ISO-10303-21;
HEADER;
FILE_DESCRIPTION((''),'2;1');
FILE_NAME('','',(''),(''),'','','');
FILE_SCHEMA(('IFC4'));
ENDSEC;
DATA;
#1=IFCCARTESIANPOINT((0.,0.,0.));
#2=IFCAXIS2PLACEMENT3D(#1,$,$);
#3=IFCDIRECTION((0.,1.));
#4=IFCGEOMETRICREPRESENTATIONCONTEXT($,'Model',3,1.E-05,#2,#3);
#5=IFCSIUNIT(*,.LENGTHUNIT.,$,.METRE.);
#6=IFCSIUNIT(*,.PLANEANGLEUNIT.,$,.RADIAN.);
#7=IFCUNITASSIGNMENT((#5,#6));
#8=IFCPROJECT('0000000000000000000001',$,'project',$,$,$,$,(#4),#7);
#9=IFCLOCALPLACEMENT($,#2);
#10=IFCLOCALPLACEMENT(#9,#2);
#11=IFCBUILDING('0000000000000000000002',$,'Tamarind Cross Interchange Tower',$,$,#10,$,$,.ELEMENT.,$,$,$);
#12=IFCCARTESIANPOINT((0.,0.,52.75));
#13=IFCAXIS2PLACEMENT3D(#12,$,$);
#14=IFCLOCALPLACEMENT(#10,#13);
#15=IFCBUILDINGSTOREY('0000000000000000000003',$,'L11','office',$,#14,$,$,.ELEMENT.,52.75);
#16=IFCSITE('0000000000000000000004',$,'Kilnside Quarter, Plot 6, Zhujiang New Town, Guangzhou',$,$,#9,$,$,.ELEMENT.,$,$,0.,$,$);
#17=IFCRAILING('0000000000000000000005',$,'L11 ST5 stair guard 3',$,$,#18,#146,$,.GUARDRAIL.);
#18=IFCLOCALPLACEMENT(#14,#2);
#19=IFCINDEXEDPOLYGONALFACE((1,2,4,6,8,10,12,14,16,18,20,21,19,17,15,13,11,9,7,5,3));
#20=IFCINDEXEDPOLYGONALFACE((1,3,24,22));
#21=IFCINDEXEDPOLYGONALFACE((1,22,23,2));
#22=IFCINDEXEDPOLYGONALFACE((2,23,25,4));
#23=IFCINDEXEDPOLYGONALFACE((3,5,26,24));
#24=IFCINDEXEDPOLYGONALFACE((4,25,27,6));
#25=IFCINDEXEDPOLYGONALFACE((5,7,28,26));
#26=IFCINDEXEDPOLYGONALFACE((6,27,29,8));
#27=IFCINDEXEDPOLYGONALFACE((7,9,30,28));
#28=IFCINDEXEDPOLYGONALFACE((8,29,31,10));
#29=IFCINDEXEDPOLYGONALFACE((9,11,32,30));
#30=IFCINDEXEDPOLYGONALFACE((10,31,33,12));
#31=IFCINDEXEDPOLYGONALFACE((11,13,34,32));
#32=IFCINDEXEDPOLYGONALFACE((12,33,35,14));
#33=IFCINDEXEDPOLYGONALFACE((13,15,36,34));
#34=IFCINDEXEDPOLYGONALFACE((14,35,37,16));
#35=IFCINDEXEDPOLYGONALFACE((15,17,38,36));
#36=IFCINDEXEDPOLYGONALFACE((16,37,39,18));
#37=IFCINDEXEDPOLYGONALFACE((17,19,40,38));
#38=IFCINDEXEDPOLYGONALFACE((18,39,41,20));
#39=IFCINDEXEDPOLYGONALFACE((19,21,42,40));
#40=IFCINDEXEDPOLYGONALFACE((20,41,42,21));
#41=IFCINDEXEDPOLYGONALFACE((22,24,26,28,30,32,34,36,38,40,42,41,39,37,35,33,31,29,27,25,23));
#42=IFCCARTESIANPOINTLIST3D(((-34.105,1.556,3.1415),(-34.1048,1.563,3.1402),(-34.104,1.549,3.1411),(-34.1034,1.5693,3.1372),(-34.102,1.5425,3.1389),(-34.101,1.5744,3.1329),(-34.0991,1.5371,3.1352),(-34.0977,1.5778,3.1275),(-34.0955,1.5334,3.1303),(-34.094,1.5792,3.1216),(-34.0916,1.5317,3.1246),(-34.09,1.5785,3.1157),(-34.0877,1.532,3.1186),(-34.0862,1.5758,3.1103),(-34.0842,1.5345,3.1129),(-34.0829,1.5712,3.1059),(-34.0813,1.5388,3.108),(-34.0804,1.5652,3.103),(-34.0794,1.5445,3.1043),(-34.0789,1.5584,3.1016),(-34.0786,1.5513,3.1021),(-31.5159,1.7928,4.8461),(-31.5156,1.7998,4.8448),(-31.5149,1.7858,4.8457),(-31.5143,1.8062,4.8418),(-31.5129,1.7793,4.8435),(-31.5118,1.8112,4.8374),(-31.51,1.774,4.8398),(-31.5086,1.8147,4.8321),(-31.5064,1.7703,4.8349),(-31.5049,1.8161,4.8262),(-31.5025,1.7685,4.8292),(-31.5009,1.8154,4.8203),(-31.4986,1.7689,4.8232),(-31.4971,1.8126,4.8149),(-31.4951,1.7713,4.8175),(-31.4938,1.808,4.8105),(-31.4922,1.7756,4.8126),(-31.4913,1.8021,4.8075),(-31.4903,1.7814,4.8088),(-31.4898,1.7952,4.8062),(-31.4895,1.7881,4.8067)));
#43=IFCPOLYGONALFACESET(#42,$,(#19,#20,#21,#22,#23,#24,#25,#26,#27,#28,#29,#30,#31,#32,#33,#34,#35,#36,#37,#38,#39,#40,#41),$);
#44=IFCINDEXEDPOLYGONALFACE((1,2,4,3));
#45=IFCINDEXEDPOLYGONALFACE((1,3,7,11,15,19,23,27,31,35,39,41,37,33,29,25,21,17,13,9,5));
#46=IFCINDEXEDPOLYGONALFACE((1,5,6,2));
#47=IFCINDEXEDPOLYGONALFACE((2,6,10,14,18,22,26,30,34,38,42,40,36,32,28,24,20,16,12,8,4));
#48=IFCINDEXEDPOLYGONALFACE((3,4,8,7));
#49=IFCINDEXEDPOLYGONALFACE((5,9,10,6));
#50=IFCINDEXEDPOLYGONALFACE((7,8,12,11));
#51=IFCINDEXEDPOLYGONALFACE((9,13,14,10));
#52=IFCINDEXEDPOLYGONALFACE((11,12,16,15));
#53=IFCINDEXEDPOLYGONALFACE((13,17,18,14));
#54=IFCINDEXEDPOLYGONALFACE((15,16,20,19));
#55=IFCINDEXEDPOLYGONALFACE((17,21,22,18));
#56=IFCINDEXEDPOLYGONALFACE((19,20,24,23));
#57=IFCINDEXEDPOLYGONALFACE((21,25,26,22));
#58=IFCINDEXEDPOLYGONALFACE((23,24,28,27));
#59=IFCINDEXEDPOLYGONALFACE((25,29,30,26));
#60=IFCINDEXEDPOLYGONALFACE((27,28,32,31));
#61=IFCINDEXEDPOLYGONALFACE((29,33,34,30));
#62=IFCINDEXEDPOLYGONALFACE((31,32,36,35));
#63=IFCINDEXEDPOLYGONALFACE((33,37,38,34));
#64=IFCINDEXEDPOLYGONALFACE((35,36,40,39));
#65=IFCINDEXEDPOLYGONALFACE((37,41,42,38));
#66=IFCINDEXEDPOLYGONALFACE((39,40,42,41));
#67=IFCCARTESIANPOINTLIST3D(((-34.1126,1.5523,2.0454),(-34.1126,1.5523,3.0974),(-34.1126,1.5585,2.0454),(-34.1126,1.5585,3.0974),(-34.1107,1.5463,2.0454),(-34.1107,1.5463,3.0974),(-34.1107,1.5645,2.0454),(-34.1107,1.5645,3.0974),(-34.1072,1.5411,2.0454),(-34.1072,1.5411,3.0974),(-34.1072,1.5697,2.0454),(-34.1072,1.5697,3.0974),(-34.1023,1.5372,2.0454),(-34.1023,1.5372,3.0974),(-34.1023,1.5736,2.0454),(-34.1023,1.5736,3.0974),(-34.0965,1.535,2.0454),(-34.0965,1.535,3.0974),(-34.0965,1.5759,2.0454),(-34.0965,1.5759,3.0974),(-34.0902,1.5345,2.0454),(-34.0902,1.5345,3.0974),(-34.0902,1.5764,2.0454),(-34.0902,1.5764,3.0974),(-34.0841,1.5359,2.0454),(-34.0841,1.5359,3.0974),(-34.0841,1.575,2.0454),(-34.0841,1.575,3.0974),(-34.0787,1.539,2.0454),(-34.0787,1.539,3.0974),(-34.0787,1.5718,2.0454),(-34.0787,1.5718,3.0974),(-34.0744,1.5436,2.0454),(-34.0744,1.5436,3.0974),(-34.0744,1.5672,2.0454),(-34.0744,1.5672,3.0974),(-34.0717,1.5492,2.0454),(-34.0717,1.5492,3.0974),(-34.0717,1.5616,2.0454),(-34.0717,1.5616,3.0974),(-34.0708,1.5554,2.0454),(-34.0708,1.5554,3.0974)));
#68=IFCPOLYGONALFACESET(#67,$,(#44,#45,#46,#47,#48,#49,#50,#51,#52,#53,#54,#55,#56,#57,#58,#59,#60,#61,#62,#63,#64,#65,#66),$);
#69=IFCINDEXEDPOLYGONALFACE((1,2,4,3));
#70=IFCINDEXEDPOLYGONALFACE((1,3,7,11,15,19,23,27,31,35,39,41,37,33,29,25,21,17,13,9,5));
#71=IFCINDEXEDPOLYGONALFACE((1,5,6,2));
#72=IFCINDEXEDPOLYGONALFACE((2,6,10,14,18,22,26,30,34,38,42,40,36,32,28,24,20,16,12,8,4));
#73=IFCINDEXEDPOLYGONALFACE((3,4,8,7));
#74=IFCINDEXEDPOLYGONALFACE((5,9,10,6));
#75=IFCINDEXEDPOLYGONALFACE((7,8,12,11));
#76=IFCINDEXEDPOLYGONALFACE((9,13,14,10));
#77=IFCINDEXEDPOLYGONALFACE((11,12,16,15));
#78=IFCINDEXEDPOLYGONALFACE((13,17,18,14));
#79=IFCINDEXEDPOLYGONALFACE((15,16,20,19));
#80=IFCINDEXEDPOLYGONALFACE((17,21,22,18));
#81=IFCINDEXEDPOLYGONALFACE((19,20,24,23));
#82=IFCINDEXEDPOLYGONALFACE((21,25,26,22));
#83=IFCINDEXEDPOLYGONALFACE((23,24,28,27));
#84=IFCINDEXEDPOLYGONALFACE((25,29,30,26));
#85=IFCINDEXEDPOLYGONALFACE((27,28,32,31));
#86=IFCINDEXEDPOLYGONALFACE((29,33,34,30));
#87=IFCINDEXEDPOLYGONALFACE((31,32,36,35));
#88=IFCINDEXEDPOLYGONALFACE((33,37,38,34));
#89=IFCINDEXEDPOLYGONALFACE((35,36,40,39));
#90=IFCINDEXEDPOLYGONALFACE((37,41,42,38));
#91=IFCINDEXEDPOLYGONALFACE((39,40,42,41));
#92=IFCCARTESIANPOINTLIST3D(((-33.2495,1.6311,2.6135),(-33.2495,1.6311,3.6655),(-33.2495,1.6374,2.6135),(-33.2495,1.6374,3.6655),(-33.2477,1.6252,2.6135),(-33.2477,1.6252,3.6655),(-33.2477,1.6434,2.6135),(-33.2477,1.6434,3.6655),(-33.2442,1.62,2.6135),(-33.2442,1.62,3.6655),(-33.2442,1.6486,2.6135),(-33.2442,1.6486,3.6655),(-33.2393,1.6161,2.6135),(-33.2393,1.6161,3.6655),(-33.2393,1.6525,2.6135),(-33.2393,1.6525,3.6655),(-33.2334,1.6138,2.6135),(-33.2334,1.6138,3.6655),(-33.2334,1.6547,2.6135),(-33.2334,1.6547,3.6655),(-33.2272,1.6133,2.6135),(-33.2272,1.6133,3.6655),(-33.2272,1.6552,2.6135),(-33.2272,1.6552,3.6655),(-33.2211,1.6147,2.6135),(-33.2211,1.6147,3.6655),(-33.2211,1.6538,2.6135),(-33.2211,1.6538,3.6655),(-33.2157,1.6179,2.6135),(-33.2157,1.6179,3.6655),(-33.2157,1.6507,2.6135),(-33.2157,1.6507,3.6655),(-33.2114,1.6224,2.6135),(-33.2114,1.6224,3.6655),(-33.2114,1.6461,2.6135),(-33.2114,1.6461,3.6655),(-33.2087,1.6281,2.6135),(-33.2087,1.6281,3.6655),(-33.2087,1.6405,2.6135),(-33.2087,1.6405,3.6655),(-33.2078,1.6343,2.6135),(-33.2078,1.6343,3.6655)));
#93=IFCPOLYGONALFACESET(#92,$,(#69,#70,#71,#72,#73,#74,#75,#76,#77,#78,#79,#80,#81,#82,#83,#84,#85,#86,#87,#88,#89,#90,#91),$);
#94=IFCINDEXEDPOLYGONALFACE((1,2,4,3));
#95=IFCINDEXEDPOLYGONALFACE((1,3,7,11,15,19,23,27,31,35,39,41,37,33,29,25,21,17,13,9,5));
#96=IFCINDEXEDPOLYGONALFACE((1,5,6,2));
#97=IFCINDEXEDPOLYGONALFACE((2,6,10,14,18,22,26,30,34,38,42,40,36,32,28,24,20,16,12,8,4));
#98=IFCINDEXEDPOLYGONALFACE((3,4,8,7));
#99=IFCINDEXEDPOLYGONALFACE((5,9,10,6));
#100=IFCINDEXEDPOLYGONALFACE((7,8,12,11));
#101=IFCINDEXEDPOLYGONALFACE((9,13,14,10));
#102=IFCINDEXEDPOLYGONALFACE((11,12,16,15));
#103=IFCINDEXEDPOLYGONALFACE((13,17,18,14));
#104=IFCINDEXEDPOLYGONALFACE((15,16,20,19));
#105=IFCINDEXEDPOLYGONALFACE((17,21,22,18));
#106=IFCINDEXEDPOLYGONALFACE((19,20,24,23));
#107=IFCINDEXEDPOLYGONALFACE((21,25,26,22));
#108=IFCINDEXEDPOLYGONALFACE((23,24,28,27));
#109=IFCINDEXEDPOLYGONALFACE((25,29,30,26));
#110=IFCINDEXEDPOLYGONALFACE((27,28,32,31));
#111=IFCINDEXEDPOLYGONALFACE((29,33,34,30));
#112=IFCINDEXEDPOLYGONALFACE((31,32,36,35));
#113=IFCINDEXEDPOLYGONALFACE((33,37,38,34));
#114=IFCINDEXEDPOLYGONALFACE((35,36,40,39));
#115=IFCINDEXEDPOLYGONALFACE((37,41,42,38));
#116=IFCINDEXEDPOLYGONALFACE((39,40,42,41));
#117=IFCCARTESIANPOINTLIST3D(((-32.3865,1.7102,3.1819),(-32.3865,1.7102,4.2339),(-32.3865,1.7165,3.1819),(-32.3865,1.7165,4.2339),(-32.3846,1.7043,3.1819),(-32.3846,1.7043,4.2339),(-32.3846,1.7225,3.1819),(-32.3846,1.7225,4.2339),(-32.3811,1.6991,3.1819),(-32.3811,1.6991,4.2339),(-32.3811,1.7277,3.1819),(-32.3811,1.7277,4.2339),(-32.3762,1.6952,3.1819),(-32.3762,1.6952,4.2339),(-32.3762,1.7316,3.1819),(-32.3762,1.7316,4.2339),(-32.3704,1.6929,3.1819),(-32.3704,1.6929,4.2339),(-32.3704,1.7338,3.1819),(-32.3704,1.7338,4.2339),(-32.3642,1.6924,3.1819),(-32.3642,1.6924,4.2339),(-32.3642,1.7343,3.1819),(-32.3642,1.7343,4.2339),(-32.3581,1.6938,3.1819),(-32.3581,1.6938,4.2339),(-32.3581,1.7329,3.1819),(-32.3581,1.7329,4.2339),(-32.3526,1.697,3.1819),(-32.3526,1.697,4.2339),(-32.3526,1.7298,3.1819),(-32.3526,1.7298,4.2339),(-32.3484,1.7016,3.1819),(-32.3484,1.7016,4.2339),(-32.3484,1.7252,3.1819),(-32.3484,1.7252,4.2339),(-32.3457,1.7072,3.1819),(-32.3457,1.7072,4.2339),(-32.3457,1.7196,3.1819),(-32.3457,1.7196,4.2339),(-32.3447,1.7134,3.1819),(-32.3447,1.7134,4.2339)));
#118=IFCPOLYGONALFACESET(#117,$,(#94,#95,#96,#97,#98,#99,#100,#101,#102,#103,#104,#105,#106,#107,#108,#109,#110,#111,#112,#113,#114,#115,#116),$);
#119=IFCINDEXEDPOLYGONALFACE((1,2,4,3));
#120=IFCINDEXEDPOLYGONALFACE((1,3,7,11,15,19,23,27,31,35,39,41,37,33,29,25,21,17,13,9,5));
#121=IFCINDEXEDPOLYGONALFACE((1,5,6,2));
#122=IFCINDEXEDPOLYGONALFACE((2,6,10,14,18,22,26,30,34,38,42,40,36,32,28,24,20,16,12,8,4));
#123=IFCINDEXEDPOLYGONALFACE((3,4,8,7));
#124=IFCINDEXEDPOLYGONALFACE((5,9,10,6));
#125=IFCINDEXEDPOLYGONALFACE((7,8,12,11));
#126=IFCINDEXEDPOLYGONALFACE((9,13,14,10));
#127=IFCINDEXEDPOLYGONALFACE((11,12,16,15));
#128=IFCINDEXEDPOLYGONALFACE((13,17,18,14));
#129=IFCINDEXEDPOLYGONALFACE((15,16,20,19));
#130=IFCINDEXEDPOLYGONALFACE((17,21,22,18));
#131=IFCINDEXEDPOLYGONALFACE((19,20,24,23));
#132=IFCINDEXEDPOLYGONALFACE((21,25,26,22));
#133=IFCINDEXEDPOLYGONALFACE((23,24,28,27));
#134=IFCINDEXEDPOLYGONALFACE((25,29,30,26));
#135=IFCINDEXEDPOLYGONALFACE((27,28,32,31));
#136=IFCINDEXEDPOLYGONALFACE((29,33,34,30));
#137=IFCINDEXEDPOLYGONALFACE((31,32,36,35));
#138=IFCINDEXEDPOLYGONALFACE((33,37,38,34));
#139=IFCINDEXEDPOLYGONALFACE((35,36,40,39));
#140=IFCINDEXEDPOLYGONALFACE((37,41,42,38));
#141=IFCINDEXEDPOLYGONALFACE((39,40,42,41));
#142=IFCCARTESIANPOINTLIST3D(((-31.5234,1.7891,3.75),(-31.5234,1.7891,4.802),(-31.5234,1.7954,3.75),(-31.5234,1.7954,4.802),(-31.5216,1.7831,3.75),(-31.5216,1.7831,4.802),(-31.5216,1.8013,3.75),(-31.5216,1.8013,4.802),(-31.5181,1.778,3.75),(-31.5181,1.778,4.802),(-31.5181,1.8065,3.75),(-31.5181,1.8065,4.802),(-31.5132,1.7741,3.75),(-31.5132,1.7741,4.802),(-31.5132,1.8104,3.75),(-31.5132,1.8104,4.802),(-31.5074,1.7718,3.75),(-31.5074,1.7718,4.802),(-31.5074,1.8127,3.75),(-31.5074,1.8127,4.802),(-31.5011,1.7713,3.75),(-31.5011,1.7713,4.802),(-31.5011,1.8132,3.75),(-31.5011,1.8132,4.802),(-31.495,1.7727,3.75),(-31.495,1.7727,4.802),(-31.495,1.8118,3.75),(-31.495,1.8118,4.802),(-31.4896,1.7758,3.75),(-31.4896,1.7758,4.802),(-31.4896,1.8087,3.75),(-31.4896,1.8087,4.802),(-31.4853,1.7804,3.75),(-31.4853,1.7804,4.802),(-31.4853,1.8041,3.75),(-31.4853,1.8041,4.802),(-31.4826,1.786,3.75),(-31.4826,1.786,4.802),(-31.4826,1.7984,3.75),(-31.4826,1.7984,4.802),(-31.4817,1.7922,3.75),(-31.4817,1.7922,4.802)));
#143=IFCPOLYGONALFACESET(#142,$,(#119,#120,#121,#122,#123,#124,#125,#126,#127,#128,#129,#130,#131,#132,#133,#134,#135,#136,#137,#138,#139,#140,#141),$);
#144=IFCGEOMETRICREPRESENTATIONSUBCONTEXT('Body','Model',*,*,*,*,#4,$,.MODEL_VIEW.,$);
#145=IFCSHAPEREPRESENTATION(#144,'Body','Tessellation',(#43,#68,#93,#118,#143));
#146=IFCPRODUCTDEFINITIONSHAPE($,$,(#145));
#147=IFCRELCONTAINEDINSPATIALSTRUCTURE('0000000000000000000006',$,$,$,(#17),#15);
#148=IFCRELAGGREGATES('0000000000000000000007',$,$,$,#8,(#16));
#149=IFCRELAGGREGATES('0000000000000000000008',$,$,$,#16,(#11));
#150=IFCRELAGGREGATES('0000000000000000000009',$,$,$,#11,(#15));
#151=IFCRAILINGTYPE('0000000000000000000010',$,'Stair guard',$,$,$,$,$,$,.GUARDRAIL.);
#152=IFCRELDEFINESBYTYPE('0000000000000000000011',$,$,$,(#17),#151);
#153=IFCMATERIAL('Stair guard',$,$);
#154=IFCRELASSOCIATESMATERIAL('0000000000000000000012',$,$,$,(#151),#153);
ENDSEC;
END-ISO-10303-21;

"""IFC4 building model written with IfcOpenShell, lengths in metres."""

from ifc_helpers import new_model, si_unit, direction, frame, origin, origin_2d, place, context, subcontext, project, spatial, circle, extrude, material, type_object, element, save


model = new_model("IFC4")

# Units and contexts
model_context = context("Model", 3, precision=1e-05, world=origin(), true_north=direction((0.0, 1.0)))
body_context = subcontext(model_context, "Body", "Model", "MODEL_VIEW")
ifc_project = project(units=[si_unit("LENGTHUNIT", "METRE"), si_unit("PLANEANGLEUNIT", "RADIAN")], contexts=[model_context])

# Site, building, storey
site_placement = place(None, origin())
site = spatial("IfcSite", under=ifc_project, at=site_placement, Name="Kilnside Quarter, Plot 6, Zhujiang New Town, Guangzhou", CompositionType="ELEMENT", RefElevation=0.0)
building_placement = place(site_placement, origin())
building = spatial("IfcBuilding", under=site, at=building_placement, Name="Tamarind Cross Interchange Tower", CompositionType="ELEMENT")
storey_placement = place(building_placement, frame((0.0, 0.0, 52.75)))
storey = spatial("IfcBuildingStorey", under=building, at=storey_placement, Name="L11", Description="office", CompositionType="ELEMENT", Elevation=52.75)

# Railing
ifc_material_1 = material(Name="Stair guard")
railing_type_1 = type_object("IfcRailingType", Name="Stair guard", PredefinedType="GUARDRAIL", material=ifc_material_1)
railing_1_placement = place(storey_placement, frame((-34.0918, 1.5554, 2.0454)))
element("IfcRailing", 1, at=railing_1_placement, inside=storey, type_object=railing_type_1, Name="L11 ST5 stair guard 3", PredefinedType="GUARDRAIL", context=body_context, shape_type="SweptSolid", body=[
    extrude(circle(Radius=0.0239, at=origin_2d()), frame((0.0, 0.0, 1.0762), z_axis=(0.832809, 0.076174, 0.548295), x_axis=(-0.091086, 0.995843, 0.0)), (0.0, 0.0, 1.0), 3.1089),
    extrude(circle(Radius=0.021, at=origin_2d()), origin(), (0.0, 0.0, 1.0), 1.052),
    extrude(circle(Radius=0.021, at=origin_2d()), frame((0.863, 0.0789, 0.5681)), (0.0, 0.0, 1.0), 1.052),
    extrude(circle(Radius=0.021, at=origin_2d()), frame((1.7261, 0.158, 1.1365)), (0.0, 0.0, 1.0), 1.052),
    extrude(circle(Radius=0.021, at=origin_2d()), frame((2.5891, 0.2368, 1.7046)), (0.0, 0.0, 1.0), 1.052),
])

save(model, "model.ifc")
